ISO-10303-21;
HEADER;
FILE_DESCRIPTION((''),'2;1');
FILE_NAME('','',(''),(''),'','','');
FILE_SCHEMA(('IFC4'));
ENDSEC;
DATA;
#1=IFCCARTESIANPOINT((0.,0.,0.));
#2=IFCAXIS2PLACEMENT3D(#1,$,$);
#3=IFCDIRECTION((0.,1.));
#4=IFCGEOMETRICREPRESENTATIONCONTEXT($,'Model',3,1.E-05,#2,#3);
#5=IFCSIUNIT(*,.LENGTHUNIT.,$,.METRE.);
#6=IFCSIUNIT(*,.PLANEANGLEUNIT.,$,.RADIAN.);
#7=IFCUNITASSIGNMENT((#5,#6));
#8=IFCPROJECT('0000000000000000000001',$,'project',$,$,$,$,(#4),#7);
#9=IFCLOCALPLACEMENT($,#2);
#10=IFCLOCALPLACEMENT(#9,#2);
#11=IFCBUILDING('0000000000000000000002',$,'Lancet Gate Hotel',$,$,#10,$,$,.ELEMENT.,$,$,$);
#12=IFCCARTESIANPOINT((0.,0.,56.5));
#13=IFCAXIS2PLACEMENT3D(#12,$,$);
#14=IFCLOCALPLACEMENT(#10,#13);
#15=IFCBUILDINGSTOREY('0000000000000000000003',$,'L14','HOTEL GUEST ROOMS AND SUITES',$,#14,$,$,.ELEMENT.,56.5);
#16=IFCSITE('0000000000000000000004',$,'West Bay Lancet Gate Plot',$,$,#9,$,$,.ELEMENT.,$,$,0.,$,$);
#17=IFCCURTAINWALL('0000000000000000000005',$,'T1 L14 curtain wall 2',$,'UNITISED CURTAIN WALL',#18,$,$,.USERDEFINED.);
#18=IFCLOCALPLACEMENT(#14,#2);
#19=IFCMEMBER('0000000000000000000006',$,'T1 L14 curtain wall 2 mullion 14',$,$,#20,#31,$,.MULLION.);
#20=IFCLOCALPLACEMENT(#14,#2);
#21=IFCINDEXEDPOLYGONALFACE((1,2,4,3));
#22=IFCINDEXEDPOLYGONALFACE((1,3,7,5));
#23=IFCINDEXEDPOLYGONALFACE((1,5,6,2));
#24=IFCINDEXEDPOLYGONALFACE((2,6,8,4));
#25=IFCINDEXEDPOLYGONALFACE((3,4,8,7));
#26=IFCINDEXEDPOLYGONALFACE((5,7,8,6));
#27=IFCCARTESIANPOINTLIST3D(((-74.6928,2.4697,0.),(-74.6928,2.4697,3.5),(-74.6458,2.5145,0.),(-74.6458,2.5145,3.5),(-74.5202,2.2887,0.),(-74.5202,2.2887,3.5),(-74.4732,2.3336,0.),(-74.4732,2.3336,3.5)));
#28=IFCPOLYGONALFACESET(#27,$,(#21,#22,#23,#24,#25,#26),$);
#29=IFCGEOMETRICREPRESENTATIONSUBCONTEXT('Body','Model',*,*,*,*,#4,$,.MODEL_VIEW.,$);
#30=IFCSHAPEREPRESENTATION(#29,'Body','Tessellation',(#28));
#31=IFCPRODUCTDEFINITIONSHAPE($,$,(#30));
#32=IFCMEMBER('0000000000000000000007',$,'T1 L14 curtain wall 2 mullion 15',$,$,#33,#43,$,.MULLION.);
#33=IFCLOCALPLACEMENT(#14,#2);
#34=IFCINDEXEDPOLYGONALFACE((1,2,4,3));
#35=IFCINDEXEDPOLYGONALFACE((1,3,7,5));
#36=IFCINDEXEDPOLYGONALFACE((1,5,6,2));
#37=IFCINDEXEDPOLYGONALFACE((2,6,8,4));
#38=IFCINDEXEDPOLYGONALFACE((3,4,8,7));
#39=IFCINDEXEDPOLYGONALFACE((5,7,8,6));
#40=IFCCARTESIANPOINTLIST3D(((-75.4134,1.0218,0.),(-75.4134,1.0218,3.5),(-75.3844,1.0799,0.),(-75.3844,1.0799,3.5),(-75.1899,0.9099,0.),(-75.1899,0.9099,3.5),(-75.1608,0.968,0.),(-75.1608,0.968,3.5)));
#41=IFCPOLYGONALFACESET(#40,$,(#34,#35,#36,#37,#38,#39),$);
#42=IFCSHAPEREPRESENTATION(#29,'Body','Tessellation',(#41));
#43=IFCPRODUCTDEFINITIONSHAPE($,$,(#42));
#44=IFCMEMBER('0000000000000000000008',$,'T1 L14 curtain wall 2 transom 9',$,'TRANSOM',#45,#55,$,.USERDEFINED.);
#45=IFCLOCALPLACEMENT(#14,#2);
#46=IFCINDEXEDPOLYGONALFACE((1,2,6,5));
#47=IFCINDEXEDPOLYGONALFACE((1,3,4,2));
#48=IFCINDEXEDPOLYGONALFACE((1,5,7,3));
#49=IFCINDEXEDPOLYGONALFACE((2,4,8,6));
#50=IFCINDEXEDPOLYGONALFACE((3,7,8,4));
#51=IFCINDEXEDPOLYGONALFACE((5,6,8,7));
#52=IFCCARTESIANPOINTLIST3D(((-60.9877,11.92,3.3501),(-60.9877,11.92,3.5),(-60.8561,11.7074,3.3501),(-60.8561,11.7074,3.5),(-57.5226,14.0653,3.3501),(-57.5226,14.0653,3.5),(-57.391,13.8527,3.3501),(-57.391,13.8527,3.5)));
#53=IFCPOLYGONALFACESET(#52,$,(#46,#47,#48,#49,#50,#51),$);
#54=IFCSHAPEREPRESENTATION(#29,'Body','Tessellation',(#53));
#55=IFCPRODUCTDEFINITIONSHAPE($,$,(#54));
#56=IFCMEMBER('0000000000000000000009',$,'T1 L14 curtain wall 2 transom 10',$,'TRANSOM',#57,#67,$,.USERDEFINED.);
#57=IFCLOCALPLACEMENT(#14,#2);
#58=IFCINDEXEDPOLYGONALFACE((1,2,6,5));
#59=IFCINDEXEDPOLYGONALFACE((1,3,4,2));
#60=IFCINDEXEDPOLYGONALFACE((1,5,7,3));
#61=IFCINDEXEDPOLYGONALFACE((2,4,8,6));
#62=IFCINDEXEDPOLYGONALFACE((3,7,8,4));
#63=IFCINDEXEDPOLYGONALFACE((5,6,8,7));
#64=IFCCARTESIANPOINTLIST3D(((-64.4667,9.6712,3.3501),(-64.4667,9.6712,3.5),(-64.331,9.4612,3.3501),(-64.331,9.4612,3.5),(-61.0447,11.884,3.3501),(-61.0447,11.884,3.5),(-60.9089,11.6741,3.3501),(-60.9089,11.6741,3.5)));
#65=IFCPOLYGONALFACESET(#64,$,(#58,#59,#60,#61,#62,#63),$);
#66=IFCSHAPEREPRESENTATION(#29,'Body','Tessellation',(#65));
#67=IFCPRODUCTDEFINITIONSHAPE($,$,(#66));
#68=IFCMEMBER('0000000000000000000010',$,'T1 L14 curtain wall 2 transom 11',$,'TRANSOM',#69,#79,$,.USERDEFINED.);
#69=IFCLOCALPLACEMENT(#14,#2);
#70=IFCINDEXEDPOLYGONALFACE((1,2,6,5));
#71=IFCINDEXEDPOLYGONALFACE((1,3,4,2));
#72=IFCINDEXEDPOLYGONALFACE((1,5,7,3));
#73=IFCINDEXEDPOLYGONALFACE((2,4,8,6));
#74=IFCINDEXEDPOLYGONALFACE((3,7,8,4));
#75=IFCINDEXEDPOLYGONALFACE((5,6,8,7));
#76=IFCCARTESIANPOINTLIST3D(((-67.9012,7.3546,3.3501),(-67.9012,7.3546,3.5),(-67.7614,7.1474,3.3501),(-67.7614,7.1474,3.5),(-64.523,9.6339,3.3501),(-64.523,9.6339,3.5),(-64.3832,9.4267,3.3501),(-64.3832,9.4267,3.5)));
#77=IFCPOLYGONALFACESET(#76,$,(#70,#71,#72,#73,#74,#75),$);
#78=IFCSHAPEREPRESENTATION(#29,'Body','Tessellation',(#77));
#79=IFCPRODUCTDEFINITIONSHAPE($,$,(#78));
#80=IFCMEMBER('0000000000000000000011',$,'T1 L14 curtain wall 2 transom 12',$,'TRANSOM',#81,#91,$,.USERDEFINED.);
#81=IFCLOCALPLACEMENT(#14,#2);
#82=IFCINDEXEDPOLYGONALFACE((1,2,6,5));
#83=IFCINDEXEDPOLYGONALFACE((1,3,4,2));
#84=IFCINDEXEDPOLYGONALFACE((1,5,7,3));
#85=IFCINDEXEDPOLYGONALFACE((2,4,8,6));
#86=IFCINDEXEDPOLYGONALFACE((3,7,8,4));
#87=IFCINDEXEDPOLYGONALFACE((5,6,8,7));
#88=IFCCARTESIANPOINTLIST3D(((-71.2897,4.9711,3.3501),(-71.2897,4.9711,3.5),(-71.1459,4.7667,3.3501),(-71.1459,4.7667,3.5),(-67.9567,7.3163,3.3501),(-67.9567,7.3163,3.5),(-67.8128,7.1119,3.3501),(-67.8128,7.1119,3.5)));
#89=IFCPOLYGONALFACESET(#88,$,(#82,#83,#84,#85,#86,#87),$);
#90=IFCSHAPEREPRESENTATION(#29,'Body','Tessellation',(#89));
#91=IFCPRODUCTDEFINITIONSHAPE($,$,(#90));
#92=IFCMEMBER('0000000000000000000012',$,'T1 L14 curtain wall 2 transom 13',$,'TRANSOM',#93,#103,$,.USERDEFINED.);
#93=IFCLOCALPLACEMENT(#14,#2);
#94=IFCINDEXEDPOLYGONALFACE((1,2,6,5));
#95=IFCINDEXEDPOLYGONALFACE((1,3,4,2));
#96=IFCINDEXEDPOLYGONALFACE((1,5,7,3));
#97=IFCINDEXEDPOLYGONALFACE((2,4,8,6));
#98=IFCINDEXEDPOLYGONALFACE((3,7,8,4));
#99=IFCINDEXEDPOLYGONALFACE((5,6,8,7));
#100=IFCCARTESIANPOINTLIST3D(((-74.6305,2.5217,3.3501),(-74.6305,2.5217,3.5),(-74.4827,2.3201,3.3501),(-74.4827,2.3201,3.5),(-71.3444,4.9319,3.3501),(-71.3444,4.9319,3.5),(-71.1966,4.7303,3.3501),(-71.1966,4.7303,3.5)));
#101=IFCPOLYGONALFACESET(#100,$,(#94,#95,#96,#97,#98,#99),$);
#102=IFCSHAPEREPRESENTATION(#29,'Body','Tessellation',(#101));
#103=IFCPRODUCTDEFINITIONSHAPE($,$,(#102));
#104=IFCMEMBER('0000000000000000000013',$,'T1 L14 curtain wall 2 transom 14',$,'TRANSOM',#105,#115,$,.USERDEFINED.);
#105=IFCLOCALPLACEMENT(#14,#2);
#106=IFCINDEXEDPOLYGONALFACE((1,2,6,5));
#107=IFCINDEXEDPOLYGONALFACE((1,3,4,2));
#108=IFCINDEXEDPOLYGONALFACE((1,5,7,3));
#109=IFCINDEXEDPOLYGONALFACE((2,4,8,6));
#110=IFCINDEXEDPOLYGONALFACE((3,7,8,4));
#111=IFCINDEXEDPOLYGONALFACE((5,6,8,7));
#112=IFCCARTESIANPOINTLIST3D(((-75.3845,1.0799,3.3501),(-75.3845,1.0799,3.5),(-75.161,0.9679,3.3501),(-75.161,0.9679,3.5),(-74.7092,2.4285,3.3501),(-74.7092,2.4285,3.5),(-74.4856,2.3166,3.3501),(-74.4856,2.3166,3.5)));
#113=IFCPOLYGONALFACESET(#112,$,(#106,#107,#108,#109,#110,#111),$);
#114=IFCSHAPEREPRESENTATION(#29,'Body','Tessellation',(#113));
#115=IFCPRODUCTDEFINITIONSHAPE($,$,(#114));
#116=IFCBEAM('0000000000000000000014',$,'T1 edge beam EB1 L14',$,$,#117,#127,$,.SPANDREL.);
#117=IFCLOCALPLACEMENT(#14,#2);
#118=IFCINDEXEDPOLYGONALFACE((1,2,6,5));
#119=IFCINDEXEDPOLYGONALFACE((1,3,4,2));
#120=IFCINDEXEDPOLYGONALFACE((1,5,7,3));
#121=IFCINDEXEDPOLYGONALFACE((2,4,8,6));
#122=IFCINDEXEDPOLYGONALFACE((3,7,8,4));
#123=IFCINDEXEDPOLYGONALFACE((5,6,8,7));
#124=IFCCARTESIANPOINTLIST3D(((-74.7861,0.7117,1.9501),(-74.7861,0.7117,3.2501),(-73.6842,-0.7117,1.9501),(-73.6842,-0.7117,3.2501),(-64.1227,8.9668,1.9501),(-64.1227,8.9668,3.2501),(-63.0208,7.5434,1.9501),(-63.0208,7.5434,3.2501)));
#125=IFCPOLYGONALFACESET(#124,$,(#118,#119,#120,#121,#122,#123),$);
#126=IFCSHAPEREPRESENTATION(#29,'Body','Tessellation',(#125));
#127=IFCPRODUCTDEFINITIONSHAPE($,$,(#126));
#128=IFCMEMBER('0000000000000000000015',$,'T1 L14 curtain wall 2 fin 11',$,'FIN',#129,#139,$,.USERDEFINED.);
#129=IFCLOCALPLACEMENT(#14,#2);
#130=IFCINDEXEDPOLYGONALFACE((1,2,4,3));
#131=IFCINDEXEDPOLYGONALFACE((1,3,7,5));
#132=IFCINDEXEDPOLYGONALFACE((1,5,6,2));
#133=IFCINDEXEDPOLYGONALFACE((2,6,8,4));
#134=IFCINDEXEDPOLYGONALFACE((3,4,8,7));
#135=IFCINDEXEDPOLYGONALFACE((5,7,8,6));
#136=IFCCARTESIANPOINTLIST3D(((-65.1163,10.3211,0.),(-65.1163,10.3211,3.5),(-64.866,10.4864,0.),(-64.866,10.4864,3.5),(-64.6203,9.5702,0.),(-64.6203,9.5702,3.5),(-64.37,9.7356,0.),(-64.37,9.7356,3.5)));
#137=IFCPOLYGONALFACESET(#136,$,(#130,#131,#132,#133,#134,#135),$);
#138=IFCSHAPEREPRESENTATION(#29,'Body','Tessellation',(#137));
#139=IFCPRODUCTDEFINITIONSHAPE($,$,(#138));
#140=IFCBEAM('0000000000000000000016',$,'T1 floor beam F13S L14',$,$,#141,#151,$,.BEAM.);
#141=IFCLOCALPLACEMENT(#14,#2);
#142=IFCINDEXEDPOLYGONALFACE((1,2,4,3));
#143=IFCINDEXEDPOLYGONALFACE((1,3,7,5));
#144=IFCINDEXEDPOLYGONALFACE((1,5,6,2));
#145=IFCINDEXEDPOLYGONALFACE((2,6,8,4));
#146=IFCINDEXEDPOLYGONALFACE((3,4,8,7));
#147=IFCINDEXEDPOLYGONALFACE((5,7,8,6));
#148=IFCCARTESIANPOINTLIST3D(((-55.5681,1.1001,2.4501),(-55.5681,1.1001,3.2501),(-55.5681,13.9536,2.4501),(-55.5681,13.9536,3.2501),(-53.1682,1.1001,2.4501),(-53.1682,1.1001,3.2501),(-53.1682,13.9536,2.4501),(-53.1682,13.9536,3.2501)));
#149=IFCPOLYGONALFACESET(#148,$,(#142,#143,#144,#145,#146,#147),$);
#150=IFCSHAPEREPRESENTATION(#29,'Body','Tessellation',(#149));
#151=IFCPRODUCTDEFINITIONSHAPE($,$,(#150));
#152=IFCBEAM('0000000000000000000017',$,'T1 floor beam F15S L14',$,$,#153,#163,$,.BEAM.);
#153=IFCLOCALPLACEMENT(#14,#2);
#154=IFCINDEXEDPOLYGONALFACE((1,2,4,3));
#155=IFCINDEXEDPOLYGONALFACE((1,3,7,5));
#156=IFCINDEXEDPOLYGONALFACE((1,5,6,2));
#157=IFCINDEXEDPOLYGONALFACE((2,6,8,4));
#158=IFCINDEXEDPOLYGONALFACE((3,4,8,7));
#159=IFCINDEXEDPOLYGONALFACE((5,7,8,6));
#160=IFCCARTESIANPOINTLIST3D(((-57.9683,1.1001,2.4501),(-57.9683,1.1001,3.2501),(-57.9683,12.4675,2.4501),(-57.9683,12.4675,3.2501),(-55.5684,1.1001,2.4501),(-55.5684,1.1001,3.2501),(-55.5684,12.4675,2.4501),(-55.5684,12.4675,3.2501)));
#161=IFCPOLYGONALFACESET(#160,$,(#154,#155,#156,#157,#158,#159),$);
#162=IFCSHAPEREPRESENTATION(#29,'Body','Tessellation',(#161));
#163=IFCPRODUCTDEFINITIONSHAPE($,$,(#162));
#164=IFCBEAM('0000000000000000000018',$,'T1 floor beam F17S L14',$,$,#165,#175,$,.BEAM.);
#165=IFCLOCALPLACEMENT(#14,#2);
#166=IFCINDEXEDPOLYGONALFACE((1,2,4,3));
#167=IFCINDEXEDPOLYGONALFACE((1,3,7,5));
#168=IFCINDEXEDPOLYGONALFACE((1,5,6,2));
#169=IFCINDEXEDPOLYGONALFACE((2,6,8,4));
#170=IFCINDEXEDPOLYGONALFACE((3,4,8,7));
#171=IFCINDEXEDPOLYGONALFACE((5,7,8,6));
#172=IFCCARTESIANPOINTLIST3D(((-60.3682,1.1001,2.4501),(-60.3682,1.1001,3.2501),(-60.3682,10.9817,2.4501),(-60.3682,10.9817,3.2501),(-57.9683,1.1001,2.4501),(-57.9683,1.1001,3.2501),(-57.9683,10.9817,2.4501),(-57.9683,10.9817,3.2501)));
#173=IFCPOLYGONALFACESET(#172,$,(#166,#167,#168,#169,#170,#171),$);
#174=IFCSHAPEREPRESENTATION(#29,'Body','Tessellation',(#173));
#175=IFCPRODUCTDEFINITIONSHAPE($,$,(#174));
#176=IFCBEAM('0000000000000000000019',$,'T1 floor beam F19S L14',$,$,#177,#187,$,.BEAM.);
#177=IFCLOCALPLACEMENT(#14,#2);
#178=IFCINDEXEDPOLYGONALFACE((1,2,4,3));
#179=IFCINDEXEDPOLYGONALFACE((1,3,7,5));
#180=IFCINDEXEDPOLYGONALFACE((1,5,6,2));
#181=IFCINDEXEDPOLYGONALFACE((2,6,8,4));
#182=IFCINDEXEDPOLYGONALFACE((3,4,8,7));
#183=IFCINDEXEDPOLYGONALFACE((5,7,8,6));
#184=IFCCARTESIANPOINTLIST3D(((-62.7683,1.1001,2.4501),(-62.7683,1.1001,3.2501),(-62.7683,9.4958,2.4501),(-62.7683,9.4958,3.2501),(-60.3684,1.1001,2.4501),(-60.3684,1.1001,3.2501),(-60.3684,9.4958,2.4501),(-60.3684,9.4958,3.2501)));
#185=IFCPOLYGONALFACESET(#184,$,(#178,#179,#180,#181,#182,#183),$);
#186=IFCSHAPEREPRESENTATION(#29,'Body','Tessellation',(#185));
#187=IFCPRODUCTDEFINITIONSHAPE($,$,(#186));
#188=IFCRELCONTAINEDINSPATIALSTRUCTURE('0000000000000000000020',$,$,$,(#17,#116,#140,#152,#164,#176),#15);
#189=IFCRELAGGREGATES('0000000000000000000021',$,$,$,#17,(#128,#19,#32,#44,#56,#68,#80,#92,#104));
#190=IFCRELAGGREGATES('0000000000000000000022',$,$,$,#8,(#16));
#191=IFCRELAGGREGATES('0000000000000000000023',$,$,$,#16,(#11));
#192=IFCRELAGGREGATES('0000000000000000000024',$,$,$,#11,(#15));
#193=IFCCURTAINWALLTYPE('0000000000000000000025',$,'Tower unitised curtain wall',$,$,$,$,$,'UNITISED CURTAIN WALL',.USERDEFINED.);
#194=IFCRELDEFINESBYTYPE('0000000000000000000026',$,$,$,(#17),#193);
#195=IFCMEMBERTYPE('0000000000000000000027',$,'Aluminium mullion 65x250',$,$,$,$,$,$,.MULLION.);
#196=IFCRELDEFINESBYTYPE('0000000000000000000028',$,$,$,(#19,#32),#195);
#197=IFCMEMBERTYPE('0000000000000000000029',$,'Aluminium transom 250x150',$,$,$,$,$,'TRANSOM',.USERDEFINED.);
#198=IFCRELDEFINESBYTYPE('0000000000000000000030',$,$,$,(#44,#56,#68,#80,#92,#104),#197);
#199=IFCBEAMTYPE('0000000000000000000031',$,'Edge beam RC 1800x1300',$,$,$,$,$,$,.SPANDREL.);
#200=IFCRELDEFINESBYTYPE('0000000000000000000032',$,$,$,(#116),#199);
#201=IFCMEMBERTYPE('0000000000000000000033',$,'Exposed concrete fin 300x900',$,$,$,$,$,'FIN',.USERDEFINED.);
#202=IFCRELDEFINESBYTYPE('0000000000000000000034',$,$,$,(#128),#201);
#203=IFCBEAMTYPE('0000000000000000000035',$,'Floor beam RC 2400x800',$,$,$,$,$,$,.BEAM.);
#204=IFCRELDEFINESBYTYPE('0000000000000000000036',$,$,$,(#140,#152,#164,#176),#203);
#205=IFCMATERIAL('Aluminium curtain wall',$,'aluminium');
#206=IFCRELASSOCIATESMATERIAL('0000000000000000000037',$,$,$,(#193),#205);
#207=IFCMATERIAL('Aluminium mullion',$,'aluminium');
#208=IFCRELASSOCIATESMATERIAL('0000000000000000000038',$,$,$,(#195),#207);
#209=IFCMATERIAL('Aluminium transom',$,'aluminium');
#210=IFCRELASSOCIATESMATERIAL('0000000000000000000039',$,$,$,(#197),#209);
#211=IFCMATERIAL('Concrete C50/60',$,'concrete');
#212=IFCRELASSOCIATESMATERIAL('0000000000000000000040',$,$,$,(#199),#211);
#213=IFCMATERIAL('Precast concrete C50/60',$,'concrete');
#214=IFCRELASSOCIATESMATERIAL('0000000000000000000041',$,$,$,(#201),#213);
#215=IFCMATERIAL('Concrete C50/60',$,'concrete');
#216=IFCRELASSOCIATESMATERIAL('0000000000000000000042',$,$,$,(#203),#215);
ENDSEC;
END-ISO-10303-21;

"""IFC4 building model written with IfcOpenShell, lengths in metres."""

from ifc_helpers import new_model, si_unit, direction, frame, origin, origin_2d, place, context, subcontext, project, spatial, rectangle, extrude, material, material_profile, profile_set, type_object, element, aggregate, save


model = new_model("IFC4")

# Units and contexts
model_context = context("Model", 3, precision=1e-05, world=origin(), true_north=direction((0.0, 1.0)))
body_context = subcontext(model_context, "Body", "Model", "MODEL_VIEW")
ifc_project = project(units=[si_unit("LENGTHUNIT", "METRE"), si_unit("PLANEANGLEUNIT", "RADIAN")], contexts=[model_context])

# Site, building, storey
site_placement = place(None, origin())
site = spatial("IfcSite", under=ifc_project, at=site_placement, Name="West Bay Lancet Gate Plot", CompositionType="ELEMENT", RefElevation=0.0)
building_placement = place(site_placement, origin())
building = spatial("IfcBuilding", under=site, at=building_placement, Name="Lancet Gate Hotel", CompositionType="ELEMENT")
storey_placement = place(building_placement, frame((0.0, 0.0, 56.5)))
storey = spatial("IfcBuildingStorey", under=building, at=storey_placement, Name="L14", Description="HOTEL GUEST ROOMS AND SUITES", CompositionType="ELEMENT", Elevation=56.5)

# Curtain wall, members
ifc_material_1 = material(Name="Aluminium curtain wall", Category="aluminium")
curtain_wall_type = type_object("IfcCurtainWallType", Name="Tower unitised curtain wall", ElementType="UNITISED CURTAIN WALL", PredefinedType="USERDEFINED", material=ifc_material_1)
curtain_wall_placement = place(storey_placement, origin())
curtain_wall = element("IfcCurtainWall", 1, at=curtain_wall_placement, inside=storey, type_object=curtain_wall_type, Name="T1 L14 curtain wall 2", ObjectType="UNITISED CURTAIN WALL", PredefinedType="USERDEFINED")
ifc_material_2 = material(Name="Aluminium mullion", Category="aluminium")
ifc_material_profile_1 = material_profile(ifc_material_2, rectangle(XDim=0.0649, YDim=0.25, at=origin_2d()), Name="MULLION 65x250")
ifc_profile_set_1 = profile_set([ifc_material_profile_1], Name="Aluminium mullion")
member_type_1 = type_object("IfcMemberType", Name="Aluminium mullion 65x250", PredefinedType="MULLION", material=ifc_profile_set_1)
member_1_placement = place(storey_placement, frame((-74.583, 2.4016, 0.0), z_axis=(0.0, 0.0, 1.0), x_axis=(-0.723696, -0.690119, 0.0)))
member_1 = element("IfcMember", 2, at=member_1_placement, type_object=member_type_1, Name="T1 L14 curtain wall 2 mullion 14", PredefinedType="MULLION", context=body_context, shape_type="SweptSolid", body=[
    extrude(rectangle(XDim=0.0649, YDim=0.25, at=origin_2d()), origin(), (0.0, 0.0, 1.0), 3.5),
])
member_2_placement = place(storey_placement, frame((-75.2871, 0.9949, 0.0), z_axis=(0.0, 0.0, 1.0), x_axis=(-0.447628, -0.89422, 0.0)))
member_2 = element("IfcMember", 3, at=member_2_placement, type_object=member_type_1, Name="T1 L14 curtain wall 2 mullion 15", PredefinedType="MULLION", context=body_context, shape_type="SweptSolid", body=[
    extrude(rectangle(XDim=0.0649, YDim=0.25, at=origin_2d()), origin(), (0.0, 0.0, 1.0), 3.5),
])
ifc_material_3 = material(Name="Aluminium transom", Category="aluminium")
ifc_material_profile_2 = material_profile(ifc_material_3, rectangle(XDim=0.25, YDim=0.1499, at=origin_2d()), Name="TRANSOM 250x150")
ifc_profile_set_2 = profile_set([ifc_material_profile_2], Name="Aluminium transom")
member_type_2 = type_object("IfcMemberType", Name="Aluminium transom 250x150", ElementType="TRANSOM", PredefinedType="USERDEFINED", material=ifc_profile_set_2)
member_3_placement = place(storey_placement, frame((-57.4568, 13.959, 3.425), z_axis=(-0.850242, -0.526392, 0.0), x_axis=(0.526392, -0.850242, 0.0)))
member_3 = element("IfcMember", 4, at=member_3_placement, type_object=member_type_2, Name="T1 L14 curtain wall 2 transom 9", ObjectType="TRANSOM", PredefinedType="USERDEFINED", context=body_context, shape_type="SweptSolid", body=[
    extrude(rectangle(XDim=0.25, YDim=0.1499, at=origin_2d()), origin(), (0.0, 0.0, 1.0), 4.0754),
])
member_4_placement = place(storey_placement, frame((-60.9768, 11.7791, 3.425), z_axis=(-0.839729, -0.543005, 0.0), x_axis=(0.543005, -0.839729, 0.0)))
member_4 = element("IfcMember", 5, at=member_4_placement, type_object=member_type_2, Name="T1 L14 curtain wall 2 transom 10", ObjectType="TRANSOM", PredefinedType="USERDEFINED", context=body_context, shape_type="SweptSolid", body=[
    extrude(rectangle(XDim=0.25, YDim=0.1499, at=origin_2d()), origin(), (0.0, 0.0, 1.0), 4.0752),
])
member_5_placement = place(storey_placement, frame((-64.4531, 9.5303, 3.425), z_axis=(-0.828959, -0.559309, 0.0), x_axis=(0.559309, -0.828959, 0.0)))
member_5 = element("IfcMember", 6, at=member_5_placement, type_object=member_type_2, Name="T1 L14 curtain wall 2 transom 11", ObjectType="TRANSOM", PredefinedType="USERDEFINED", context=body_context, shape_type="SweptSolid", body=[
    extrude(rectangle(XDim=0.25, YDim=0.1499, at=origin_2d()), origin(), (0.0, 0.0, 1.0), 4.0752),
])
member_6_placement = place(storey_placement, frame((-67.8848, 7.2141, 3.425), z_axis=(-0.817834, -0.575455, 0.0), x_axis=(0.575455, -0.817834, 0.0)))
member_6 = element("IfcMember", 7, at=member_6_placement, type_object=member_type_2, Name="T1 L14 curtain wall 2 transom 12", ObjectType="TRANSOM", PredefinedType="USERDEFINED", context=body_context, shape_type="SweptSolid", body=[
    extrude(rectangle(XDim=0.25, YDim=0.1499, at=origin_2d()), origin(), (0.0, 0.0, 1.0), 4.0754),
])
member_7_placement = place(storey_placement, frame((-71.2705, 4.8311, 3.425), z_axis=(-0.806367, -0.591416, 0.0), x_axis=(0.591416, -0.806367, 0.0)))
member_7 = element("IfcMember", 8, at=member_7_placement, type_object=member_type_2, Name="T1 L14 curtain wall 2 transom 13", ObjectType="TRANSOM", PredefinedType="USERDEFINED", context=body_context, shape_type="SweptSolid", body=[
    extrude(rectangle(XDim=0.25, YDim=0.1499, at=origin_2d()), origin(), (0.0, 0.0, 1.0), 4.0752),
])
member_8_placement = place(storey_placement, frame((-74.5974, 2.3726, 3.425), z_axis=(-0.447732, -0.894168, 0.0), x_axis=(0.894168, -0.447732, 0.0)))
member_8 = element("IfcMember", 9, at=member_8_placement, type_object=member_type_2, Name="T1 L14 curtain wall 2 transom 14", ObjectType="TRANSOM", PredefinedType="USERDEFINED", context=body_context, shape_type="SweptSolid", body=[
    extrude(rectangle(XDim=0.25, YDim=0.1499, at=origin_2d()), origin(), (0.0, 0.0, 1.0), 1.5083),
])

# Beam
ifc_material_4 = material(Name="Concrete C50/60", Category="concrete")
ifc_material_profile_3 = material_profile(ifc_material_4, rectangle(XDim=1.8, YDim=1.3, at=origin_2d()), Name="RC 1800x1300")
ifc_profile_set_3 = profile_set([ifc_material_profile_3], Name="Concrete C50/60")
beam_type_1 = type_object("IfcBeamType", Name="Edge beam RC 1800x1300", PredefinedType="SPANDREL", material=ifc_profile_set_3)
beam_1_placement = place(storey_placement, frame((-63.5718, 8.2551, 2.6001), z_axis=(-0.790736, -0.612157, 0.0), x_axis=(0.612157, -0.790736, 0.0)))
element("IfcBeam", 10, at=beam_1_placement, inside=storey, type_object=beam_type_1, Name="T1 edge beam EB1 L14", PredefinedType="SPANDREL", context=body_context, shape_type="SweptSolid", body=[
    extrude(rectangle(XDim=1.8, YDim=1.3, at=origin_2d()), origin(), (0.0, 0.0, 1.0), 13.4854),
])

# Member
ifc_material_5 = material(Name="Precast concrete C50/60", Category="concrete")
ifc_material_profile_4 = material_profile(ifc_material_5, rectangle(XDim=0.3, YDim=0.8999, at=origin_2d()), Name="FIN 300x900")
ifc_profile_set_4 = profile_set([ifc_material_profile_4], Name="Precast concrete C50/60")
member_type_3 = type_object("IfcMemberType", Name="Exposed concrete fin 300x900", ElementType="FIN", PredefinedType="USERDEFINED", material=ifc_profile_set_4)
member_9_placement = place(storey_placement, frame((-64.7432, 10.0283, 0.0), z_axis=(0.0, 0.0, 1.0), x_axis=(-0.834387, -0.551178, 0.0)))
member_9 = element("IfcMember", 11, at=member_9_placement, type_object=member_type_3, Name="T1 L14 curtain wall 2 fin 11", ObjectType="FIN", PredefinedType="USERDEFINED", context=body_context, shape_type="SweptSolid", body=[
    extrude(rectangle(XDim=0.3, YDim=0.8999, at=origin_2d()), origin(), (0.0, 0.0, 1.0), 3.5),
])

# Beams
ifc_material_6 = material(Name="Concrete C50/60", Category="concrete")
ifc_material_profile_5 = material_profile(ifc_material_6, rectangle(XDim=2.3999, YDim=0.8, at=origin_2d()), Name="RC 2400x800")
ifc_profile_set_5 = profile_set([ifc_material_profile_5], Name="Concrete C50/60")
beam_type_2 = type_object("IfcBeamType", Name="Floor beam RC 2400x800", PredefinedType="BEAM", material=ifc_profile_set_5)
beam_2_placement = place(storey_placement, frame((-54.3682, 13.9536, 2.8501), z_axis=(0.0, -1.0, 0.0), x_axis=(1.0, 0.0, 0.0)))
element("IfcBeam", 12, at=beam_2_placement, inside=storey, type_object=beam_type_2, Name="T1 floor beam F13S L14", PredefinedType="BEAM", context=body_context, shape_type="SweptSolid", body=[
    extrude(rectangle(XDim=2.3999, YDim=0.8, at=origin_2d()), origin(), (0.0, 0.0, 1.0), 12.8535),
])
beam_3_placement = place(storey_placement, frame((-56.7683, 12.4675, 2.8501), z_axis=(0.0, -1.0, 0.0), x_axis=(1.0, 0.0, 0.0)))
element("IfcBeam", 13, at=beam_3_placement, inside=storey, type_object=beam_type_2, Name="T1 floor beam F15S L14", PredefinedType="BEAM", context=body_context, shape_type="SweptSolid", body=[
    extrude(rectangle(XDim=2.3999, YDim=0.8, at=origin_2d()), origin(), (0.0, 0.0, 1.0), 11.3674),
])
beam_4_placement = place(storey_placement, frame((-59.1682, 10.9817, 2.8501), z_axis=(0.0, -1.0, 0.0), x_axis=(1.0, 0.0, 0.0)))
element("IfcBeam", 14, at=beam_4_placement, inside=storey, type_object=beam_type_2, Name="T1 floor beam F17S L14", PredefinedType="BEAM", context=body_context, shape_type="SweptSolid", body=[
    extrude(rectangle(XDim=2.3999, YDim=0.8, at=origin_2d()), origin(), (0.0, 0.0, 1.0), 9.8816),
])
beam_5_placement = place(storey_placement, frame((-61.5684, 9.4958, 2.8501), z_axis=(0.0, -1.0, 0.0), x_axis=(1.0, 0.0, 0.0)))
element("IfcBeam", 15, at=beam_5_placement, inside=storey, type_object=beam_type_2, Name="T1 floor beam F19S L14", PredefinedType="BEAM", context=body_context, shape_type="SweptSolid", body=[
    extrude(rectangle(XDim=2.3999, YDim=0.8, at=origin_2d()), origin(), (0.0, 0.0, 1.0), 8.3958),
])

aggregate(curtain_wall, [member_9, member_1, member_2, member_3, member_4, member_5, member_6, member_7, member_8])

save(model, "model.ifc")
